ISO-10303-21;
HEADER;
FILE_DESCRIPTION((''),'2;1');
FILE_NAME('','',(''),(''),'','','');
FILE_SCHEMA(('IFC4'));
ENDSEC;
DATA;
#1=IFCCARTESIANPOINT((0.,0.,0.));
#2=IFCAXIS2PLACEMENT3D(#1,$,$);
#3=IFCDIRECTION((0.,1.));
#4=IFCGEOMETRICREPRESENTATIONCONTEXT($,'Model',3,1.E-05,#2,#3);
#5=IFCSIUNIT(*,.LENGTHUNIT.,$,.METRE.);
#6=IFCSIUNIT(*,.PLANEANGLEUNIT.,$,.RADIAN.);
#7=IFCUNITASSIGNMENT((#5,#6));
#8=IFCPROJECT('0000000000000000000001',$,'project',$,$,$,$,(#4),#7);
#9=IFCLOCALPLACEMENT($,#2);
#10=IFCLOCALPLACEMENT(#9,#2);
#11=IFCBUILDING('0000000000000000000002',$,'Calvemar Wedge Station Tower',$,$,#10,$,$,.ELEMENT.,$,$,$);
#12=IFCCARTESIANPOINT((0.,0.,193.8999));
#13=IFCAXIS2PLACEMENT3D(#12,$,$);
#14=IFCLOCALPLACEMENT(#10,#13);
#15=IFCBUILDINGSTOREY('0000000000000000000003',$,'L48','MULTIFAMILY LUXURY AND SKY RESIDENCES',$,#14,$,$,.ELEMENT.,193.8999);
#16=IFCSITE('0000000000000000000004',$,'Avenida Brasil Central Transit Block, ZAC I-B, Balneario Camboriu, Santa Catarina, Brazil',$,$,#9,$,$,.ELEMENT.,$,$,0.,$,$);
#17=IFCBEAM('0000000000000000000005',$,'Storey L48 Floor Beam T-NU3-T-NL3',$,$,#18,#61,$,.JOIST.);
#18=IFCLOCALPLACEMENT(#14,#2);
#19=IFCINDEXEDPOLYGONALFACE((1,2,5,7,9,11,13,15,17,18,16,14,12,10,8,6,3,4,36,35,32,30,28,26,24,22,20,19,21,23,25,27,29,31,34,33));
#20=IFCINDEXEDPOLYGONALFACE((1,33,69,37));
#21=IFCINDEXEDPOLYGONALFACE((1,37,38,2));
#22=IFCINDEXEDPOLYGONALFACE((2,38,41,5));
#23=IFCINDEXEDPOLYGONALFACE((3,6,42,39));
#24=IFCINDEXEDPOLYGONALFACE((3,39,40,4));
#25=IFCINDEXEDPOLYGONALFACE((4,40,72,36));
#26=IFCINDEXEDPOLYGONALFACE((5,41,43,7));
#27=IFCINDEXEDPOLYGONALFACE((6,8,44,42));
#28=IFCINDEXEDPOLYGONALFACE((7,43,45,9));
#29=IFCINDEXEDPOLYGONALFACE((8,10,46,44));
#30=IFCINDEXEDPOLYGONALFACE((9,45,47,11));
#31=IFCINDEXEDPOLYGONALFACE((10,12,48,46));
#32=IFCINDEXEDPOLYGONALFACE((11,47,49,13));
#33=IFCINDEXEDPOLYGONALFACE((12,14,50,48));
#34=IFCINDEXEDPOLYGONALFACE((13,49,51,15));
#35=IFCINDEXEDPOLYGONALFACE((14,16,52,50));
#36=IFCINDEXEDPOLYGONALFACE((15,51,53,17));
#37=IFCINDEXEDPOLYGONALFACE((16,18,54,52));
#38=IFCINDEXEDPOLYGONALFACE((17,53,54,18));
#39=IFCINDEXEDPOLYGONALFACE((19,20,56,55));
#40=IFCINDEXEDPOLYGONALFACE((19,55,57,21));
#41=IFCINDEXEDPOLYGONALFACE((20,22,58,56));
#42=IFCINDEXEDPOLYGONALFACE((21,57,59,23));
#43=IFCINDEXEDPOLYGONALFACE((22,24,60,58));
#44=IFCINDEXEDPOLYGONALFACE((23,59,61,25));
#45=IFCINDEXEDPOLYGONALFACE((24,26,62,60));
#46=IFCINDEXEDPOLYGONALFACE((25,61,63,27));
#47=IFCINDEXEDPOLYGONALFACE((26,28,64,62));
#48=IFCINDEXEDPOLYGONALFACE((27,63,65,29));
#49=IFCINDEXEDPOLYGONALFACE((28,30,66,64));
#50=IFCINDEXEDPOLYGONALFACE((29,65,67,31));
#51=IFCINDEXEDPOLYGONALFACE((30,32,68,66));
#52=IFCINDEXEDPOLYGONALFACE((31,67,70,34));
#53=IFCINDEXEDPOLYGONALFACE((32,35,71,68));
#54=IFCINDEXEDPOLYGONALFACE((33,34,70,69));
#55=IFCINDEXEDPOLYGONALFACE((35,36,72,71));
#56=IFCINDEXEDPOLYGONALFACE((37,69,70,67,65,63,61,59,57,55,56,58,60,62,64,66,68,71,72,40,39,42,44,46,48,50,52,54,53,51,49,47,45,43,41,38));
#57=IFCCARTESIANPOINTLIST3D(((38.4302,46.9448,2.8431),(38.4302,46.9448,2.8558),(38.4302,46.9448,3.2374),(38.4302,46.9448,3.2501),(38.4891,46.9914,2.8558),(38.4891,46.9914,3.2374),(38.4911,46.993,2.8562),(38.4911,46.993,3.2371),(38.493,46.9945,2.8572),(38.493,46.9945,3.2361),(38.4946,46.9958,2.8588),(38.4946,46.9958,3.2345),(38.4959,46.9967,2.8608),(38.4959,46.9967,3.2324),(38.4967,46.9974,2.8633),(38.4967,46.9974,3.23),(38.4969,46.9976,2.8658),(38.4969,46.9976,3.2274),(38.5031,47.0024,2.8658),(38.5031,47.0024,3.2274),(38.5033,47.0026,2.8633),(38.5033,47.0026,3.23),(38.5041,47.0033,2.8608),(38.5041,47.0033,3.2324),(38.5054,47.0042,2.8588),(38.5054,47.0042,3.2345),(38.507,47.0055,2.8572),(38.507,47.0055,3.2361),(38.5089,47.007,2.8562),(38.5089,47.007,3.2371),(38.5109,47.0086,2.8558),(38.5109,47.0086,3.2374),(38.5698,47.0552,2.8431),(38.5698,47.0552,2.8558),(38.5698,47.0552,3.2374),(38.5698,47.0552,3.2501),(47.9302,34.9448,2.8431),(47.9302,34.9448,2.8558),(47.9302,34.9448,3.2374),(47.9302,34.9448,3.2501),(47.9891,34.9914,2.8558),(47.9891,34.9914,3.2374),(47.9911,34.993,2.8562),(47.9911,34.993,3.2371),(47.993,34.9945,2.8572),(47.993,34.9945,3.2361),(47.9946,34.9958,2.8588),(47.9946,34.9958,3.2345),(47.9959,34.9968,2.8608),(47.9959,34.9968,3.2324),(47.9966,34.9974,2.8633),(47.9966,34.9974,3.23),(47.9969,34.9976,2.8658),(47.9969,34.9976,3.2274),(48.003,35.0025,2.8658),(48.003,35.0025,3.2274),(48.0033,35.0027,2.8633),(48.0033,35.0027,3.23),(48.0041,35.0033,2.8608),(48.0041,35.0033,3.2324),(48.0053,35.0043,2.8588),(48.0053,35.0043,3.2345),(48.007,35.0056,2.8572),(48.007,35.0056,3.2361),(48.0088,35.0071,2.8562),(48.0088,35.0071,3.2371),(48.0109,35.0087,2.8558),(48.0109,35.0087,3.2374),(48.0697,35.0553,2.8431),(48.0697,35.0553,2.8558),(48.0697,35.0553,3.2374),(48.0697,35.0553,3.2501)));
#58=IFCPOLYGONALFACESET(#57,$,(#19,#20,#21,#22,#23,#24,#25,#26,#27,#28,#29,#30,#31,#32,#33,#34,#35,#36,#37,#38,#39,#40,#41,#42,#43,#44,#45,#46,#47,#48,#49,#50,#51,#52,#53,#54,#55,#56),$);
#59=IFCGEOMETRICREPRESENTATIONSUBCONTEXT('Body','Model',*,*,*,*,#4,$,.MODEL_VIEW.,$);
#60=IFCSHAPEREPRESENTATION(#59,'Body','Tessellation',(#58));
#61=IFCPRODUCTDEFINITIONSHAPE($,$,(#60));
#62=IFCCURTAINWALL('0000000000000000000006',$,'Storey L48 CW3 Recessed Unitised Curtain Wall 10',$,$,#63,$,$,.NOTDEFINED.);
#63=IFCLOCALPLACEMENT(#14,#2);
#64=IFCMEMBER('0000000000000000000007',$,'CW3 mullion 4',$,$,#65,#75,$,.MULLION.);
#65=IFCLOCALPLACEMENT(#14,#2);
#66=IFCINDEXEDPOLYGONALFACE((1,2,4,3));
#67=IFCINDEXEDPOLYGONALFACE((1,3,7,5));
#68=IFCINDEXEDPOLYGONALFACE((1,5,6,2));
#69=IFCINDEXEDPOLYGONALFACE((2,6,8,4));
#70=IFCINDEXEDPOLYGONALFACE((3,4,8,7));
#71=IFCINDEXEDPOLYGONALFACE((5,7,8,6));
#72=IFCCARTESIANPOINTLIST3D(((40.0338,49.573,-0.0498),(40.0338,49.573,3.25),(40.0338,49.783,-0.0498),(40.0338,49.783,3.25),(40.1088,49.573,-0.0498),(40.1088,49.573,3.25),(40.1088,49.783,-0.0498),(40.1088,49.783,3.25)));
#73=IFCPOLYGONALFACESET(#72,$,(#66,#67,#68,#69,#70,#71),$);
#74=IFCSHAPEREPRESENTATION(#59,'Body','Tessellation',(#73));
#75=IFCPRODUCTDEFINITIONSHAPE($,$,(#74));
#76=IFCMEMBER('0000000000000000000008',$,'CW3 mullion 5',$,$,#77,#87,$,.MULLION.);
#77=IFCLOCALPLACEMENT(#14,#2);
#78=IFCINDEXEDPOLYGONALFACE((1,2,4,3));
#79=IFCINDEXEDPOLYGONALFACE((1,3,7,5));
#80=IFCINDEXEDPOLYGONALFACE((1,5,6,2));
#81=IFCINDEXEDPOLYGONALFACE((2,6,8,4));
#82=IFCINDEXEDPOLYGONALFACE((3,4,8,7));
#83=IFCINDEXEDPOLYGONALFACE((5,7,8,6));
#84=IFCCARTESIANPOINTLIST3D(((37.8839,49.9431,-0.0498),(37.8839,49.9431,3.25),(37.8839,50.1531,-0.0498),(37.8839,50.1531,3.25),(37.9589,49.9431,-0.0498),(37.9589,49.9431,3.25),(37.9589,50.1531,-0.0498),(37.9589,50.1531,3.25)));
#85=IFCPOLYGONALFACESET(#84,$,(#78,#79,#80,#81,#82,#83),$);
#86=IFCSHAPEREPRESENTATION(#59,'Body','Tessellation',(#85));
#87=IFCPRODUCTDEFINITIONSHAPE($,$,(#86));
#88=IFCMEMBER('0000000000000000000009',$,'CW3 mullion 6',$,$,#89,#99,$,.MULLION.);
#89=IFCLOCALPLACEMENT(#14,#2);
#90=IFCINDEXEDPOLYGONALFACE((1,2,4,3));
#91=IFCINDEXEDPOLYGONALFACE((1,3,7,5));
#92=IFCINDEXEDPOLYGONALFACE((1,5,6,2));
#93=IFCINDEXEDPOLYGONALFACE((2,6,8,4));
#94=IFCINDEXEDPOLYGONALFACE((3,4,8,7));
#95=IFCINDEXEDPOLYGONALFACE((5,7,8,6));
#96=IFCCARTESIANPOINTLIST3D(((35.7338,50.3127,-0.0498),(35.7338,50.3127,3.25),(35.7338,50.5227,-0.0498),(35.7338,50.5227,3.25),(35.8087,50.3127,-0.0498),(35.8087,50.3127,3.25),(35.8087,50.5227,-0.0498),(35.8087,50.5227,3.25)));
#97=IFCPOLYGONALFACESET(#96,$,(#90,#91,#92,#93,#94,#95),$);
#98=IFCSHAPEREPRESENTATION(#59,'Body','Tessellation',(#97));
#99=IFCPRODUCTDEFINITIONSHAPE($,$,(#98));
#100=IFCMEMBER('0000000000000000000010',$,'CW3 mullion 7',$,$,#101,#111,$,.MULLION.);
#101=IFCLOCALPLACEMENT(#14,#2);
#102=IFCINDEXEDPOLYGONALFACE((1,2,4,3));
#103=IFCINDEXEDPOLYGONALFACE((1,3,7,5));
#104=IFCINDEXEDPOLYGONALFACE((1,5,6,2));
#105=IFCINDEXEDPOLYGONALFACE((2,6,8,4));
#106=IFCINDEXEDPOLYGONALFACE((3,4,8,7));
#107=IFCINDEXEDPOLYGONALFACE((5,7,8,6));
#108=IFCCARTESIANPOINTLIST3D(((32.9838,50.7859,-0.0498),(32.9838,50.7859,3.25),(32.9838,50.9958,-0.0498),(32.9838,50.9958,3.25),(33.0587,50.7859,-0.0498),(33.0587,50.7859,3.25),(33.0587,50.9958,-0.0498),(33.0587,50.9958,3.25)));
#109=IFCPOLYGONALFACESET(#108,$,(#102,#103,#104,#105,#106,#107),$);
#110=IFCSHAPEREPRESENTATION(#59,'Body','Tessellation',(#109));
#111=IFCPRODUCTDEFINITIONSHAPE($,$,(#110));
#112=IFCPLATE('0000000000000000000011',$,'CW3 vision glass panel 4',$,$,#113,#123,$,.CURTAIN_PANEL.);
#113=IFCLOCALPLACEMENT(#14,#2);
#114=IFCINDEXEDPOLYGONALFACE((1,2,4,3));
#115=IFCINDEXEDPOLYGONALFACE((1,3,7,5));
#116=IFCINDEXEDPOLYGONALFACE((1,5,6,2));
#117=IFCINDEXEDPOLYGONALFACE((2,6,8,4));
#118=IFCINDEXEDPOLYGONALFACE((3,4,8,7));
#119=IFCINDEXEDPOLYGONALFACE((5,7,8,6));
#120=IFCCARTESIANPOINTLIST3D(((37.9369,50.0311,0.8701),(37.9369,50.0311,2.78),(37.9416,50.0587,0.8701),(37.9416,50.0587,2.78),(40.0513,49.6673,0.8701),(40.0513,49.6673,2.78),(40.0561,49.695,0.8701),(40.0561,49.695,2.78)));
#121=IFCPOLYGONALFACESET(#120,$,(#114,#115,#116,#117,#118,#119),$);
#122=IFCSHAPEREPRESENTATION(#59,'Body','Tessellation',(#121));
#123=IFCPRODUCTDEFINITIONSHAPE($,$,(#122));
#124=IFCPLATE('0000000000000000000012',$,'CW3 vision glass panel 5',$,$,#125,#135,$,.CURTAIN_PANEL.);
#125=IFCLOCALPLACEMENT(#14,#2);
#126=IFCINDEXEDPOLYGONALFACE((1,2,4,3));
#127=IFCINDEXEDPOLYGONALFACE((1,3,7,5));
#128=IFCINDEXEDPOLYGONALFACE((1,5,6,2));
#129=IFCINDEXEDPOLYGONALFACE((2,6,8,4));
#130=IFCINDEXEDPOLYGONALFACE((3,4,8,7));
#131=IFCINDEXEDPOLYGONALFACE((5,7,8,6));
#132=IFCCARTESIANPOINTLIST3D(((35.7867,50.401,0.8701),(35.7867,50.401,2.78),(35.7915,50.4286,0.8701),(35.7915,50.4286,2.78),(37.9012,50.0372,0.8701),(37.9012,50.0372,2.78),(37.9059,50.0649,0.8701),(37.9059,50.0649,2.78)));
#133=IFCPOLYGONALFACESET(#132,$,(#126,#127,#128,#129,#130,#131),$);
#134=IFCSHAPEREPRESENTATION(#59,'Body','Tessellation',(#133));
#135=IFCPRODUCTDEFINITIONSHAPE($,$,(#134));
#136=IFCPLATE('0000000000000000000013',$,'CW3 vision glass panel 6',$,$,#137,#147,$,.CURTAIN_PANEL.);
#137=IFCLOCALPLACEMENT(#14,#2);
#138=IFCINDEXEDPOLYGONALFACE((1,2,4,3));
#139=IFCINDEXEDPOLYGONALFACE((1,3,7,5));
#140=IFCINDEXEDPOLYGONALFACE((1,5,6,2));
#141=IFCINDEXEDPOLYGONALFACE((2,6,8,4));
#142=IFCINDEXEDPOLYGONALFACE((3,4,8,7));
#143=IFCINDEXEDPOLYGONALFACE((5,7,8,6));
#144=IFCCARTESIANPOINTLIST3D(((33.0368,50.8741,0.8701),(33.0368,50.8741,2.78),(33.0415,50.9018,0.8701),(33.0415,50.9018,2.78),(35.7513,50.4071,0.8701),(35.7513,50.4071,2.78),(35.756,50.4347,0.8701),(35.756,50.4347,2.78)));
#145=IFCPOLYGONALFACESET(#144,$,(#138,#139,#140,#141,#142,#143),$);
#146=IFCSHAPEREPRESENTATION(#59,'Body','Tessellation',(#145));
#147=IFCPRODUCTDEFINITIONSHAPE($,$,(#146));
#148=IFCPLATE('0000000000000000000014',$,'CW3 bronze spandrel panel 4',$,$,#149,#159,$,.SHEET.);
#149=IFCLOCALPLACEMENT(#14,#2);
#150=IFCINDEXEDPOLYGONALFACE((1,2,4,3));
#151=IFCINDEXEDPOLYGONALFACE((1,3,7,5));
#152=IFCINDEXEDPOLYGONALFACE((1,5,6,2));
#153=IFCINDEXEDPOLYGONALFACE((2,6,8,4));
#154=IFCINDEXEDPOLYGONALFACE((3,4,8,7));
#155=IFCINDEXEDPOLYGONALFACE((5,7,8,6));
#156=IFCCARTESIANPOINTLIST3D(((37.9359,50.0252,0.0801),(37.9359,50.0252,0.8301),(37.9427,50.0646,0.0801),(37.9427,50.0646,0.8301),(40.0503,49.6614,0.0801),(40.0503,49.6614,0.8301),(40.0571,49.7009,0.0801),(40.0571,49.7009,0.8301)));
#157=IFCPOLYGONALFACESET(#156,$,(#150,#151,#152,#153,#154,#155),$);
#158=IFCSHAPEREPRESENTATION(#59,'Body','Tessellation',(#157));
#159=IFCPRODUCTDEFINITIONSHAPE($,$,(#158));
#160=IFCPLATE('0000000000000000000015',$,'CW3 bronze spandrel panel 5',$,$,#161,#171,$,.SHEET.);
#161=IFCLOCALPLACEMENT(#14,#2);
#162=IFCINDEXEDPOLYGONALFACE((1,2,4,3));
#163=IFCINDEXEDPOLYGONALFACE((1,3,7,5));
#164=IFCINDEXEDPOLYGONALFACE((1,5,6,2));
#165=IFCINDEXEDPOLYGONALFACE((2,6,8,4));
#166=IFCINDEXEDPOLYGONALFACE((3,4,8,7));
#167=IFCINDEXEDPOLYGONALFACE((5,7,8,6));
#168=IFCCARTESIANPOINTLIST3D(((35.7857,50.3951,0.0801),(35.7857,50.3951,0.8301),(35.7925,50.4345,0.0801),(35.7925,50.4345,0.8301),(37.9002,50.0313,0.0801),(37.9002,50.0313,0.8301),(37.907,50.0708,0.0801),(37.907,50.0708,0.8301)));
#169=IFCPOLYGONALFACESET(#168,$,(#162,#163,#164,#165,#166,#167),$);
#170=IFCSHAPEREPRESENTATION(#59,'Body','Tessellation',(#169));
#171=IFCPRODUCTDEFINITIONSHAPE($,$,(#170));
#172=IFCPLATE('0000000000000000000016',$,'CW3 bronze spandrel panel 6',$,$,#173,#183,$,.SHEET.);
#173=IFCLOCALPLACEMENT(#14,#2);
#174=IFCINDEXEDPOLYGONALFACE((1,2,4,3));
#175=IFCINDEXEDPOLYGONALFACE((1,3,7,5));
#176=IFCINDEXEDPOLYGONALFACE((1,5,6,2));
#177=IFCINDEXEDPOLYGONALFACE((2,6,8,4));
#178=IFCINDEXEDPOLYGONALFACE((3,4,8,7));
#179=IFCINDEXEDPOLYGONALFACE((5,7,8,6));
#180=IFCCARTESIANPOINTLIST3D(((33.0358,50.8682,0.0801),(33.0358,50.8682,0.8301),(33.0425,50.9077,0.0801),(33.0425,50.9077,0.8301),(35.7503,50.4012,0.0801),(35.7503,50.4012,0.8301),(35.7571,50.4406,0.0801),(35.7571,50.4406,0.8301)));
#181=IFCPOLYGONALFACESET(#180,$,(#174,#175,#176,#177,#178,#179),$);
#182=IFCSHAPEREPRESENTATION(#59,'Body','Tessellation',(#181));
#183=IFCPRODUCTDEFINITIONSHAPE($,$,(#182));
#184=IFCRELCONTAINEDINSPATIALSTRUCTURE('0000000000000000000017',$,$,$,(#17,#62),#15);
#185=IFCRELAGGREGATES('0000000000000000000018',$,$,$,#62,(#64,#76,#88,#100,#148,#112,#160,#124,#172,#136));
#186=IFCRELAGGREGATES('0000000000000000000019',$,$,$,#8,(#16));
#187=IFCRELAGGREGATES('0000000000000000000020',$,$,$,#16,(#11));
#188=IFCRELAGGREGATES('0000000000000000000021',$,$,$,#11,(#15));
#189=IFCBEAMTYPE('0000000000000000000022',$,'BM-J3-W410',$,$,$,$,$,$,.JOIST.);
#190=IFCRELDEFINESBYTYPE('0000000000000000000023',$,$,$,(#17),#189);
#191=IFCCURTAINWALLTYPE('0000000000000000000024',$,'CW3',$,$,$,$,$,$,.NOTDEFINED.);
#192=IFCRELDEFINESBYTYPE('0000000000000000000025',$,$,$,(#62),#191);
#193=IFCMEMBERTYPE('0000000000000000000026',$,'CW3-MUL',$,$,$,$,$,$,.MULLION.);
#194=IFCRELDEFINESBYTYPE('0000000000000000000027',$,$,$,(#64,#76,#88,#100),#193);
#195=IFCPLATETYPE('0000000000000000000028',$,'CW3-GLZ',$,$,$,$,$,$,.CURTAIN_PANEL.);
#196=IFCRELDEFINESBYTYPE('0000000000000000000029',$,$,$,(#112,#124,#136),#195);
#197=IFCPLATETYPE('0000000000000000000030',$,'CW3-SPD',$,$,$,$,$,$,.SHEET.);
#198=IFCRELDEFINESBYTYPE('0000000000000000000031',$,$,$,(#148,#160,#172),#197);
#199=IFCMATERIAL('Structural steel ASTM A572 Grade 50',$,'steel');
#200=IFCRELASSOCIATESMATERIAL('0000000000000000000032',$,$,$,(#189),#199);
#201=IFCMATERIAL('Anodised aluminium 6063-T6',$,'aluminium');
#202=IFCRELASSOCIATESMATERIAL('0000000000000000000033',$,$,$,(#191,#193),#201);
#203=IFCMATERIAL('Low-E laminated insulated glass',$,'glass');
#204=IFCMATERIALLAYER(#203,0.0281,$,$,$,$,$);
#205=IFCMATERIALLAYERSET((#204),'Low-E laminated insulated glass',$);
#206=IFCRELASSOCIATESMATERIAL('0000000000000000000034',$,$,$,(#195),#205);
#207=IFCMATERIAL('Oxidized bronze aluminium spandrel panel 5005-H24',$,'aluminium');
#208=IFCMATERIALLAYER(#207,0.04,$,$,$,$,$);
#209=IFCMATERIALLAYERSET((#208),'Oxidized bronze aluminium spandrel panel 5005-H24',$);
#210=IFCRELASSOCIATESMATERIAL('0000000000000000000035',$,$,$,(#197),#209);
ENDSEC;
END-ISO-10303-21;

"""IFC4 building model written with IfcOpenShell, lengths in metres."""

from ifc_helpers import new_model, si_unit, direction, frame, frame_2d, origin, origin_2d, place, context, subcontext, project, spatial, rectangle, i_section, extrude, source, transform, mapped, material, layer, layer_set, material_profile, profile_set, type_object, element, aggregate, save


model = new_model("IFC4")

# Units and contexts
model_context = context("Model", 3, precision=1e-05, world=origin(), true_north=direction((0.0, 1.0)))
body_context = subcontext(model_context, "Body", "Model", "MODEL_VIEW")
ifc_project = project(units=[si_unit("LENGTHUNIT", "METRE"), si_unit("PLANEANGLEUNIT", "RADIAN")], contexts=[model_context])

# Site, building, storey
site_placement = place(None, origin())
site = spatial("IfcSite", under=ifc_project, at=site_placement, Name="Avenida Brasil Central Transit Block, ZAC I-B, Balneario Camboriu, Santa Catarina, Brazil", CompositionType="ELEMENT", RefElevation=0.0)
building_placement = place(site_placement, origin())
building = spatial("IfcBuilding", under=site, at=building_placement, Name="Calvemar Wedge Station Tower", CompositionType="ELEMENT")
storey_placement = place(building_placement, frame((0.0, 0.0, 193.8999)))
storey = spatial("IfcBuildingStorey", under=building, at=storey_placement, Name="L48", Description="MULTIFAMILY LUXURY AND SKY RESIDENCES", CompositionType="ELEMENT", Elevation=193.8999)

# Beam
ifc_material_1 = material(Name="Structural steel ASTM A572 Grade 50", Category="steel")
ifc_material_profile_1 = material_profile(ifc_material_1, i_section(OverallWidth=0.178, OverallDepth=0.407, WebThickness=0.0078, FlangeThickness=0.0127, FilletRadius=0.01, at=origin_2d()), Name="W410x60")
ifc_profile_set_1 = profile_set([ifc_material_profile_1], Name="Structural steel ASTM A572 Grade 50")
beam_type = type_object("IfcBeamType", Name="BM-J3-W410", PredefinedType="JOIST", material=ifc_profile_set_1)
shared_shape_1 = source(origin(), body_context, "Body", "SweptSolid", [
    extrude(i_section(OverallWidth=0.178, OverallDepth=0.407, WebThickness=0.0078, FlangeThickness=0.0127, FilletRadius=0.01, at=origin_2d()), origin(), (0.0, 0.0, 1.0), 15.3052),
])
beam_placement = place(storey_placement, frame((38.5, 47.0, 3.0466), z_axis=(0.620703, -0.784046, 0.0), x_axis=(0.784046, 0.620703, 0.0)))
element("IfcBeam", 1, at=beam_placement, inside=storey, type_object=beam_type, Name="Storey L48 Floor Beam T-NU3-T-NL3", PredefinedType="JOIST", context=body_context, shape_type="MappedRepresentation", body=[
    mapped(shared_shape_1, transform((0.0, 0.0, 0.0), scale=1.0)),
])

# Curtain wall, members, plates
ifc_material_2 = material(Name="Anodised aluminium 6063-T6", Category="aluminium")
curtain_wall_type = type_object("IfcCurtainWallType", Name="CW3", PredefinedType="NOTDEFINED", material=ifc_material_2)
curtain_wall_placement = place(storey_placement, origin())
curtain_wall = element("IfcCurtainWall", 2, at=curtain_wall_placement, inside=storey, type_object=curtain_wall_type, Name="Storey L48 CW3 Recessed Unitised Curtain Wall 10", PredefinedType="NOTDEFINED")
ifc_material_profile_2 = material_profile(ifc_material_2, rectangle(XDim=0.075, YDim=0.21, at=origin_2d()), Name="AL-MUL-75x210")
ifc_profile_set_2 = profile_set([ifc_material_profile_2], Name="Anodised aluminium 6063-T6")
member_type = type_object("IfcMemberType", Name="CW3-MUL", PredefinedType="MULLION", material=ifc_profile_set_2)
shared_shape_2 = source(origin(), body_context, "Body", "SweptSolid", [
    extrude(rectangle(XDim=0.075, YDim=0.21, at=origin_2d()), origin(), (0.0, 0.0, 1.0), 3.2998),
])
member_1_placement = place(storey_placement, frame((40.0713, 49.678, -0.0498), z_axis=(0.0, 0.0, 1.0), x_axis=(1.0, 0.0, 0.0)))
member_1 = element("IfcMember", 3, at=member_1_placement, type_object=member_type, Name="CW3 mullion 4", PredefinedType="MULLION", context=body_context, shape_type="MappedRepresentation", body=[
    mapped(shared_shape_2, transform((0.0, 0.0, 0.0), scale=1.0)),
])
member_2_placement = place(storey_placement, frame((37.9214, 50.0481, -0.0498), z_axis=(0.0, 0.0, 1.0), x_axis=(1.0, 0.0, 0.0)))
member_2 = element("IfcMember", 4, at=member_2_placement, type_object=member_type, Name="CW3 mullion 5", PredefinedType="MULLION", context=body_context, shape_type="MappedRepresentation", body=[
    mapped(shared_shape_2, transform((0.0, 0.0, 0.0), scale=1.0)),
])
member_3_placement = place(storey_placement, frame((35.7712, 50.4177, -0.0498), z_axis=(0.0, 0.0, 1.0), x_axis=(1.0, 0.0, 0.0)))
member_3 = element("IfcMember", 5, at=member_3_placement, type_object=member_type, Name="CW3 mullion 6", PredefinedType="MULLION", context=body_context, shape_type="MappedRepresentation", body=[
    mapped(shared_shape_2, transform((0.0, 0.0, 0.0), scale=1.0)),
])
member_4_placement = place(storey_placement, frame((33.0212, 50.8909, -0.0498), z_axis=(0.0, 0.0, 1.0), x_axis=(1.0, 0.0, 0.0)))
member_4 = element("IfcMember", 6, at=member_4_placement, type_object=member_type, Name="CW3 mullion 7", PredefinedType="MULLION", context=body_context, shape_type="MappedRepresentation", body=[
    mapped(shared_shape_2, transform((0.0, 0.0, 0.0), scale=1.0)),
])
ifc_material_3 = material(Name="Low-E laminated insulated glass", Category="glass")
ifc_layer_1 = layer(ifc_material_3, 0.0281)
ifc_layer_set_1 = layer_set([ifc_layer_1], Name="Low-E laminated insulated glass")
plate_type_1 = type_object("IfcPlateType", Name="CW3-GLZ", PredefinedType="CURTAIN_PANEL", material=ifc_layer_set_1)
plate_1_placement = place(storey_placement, frame((40.0537, 49.6812, 0.8701), z_axis=(0.0, 0.0, 1.0), x_axis=(-0.985522, 0.169545, 0.0)))
plate_1 = element("IfcPlate", 7, at=plate_1_placement, type_object=plate_type_1, Name="CW3 vision glass panel 4", PredefinedType="CURTAIN_PANEL", context=body_context, shape_type="SweptSolid", body=[
    extrude(rectangle(XDim=2.1455, YDim=0.0281, at=frame_2d((1.0728, 0.0))), origin(), (0.0, 0.0, 1.0), 1.9099),
])
plate_2_placement = place(storey_placement, frame((37.9036, 50.051, 0.8701), z_axis=(0.0, 0.0, 1.0), x_axis=(-0.985522, 0.169545, 0.0)))
plate_2 = element("IfcPlate", 8, at=plate_2_placement, type_object=plate_type_1, Name="CW3 vision glass panel 5", PredefinedType="CURTAIN_PANEL", context=body_context, shape_type="SweptSolid", body=[
    extrude(rectangle(XDim=2.1455, YDim=0.0281, at=frame_2d((1.0728, 0.0))), origin(), (0.0, 0.0, 1.0), 1.9099),
])
plate_3_placement = place(storey_placement, frame((35.7537, 50.4209, 0.8701), z_axis=(0.0, 0.0, 1.0), x_axis=(-0.98552, 0.169557, 0.0)))
plate_3 = element("IfcPlate", 9, at=plate_3_placement, type_object=plate_type_1, Name="CW3 vision glass panel 6", PredefinedType="CURTAIN_PANEL", context=body_context, shape_type="SweptSolid", body=[
    extrude(rectangle(XDim=2.7544, YDim=0.0281, at=frame_2d((1.3772, 0.0))), origin(), (0.0, 0.0, 1.0), 1.9099),
])
ifc_material_4 = material(Name="Oxidized bronze aluminium spandrel panel 5005-H24", Category="aluminium")
ifc_layer_2 = layer(ifc_material_4, 0.04)
ifc_layer_set_2 = layer_set([ifc_layer_2], Name="Oxidized bronze aluminium spandrel panel 5005-H24")
plate_type_2 = type_object("IfcPlateType", Name="CW3-SPD", PredefinedType="SHEET", material=ifc_layer_set_2)
plate_4_placement = place(storey_placement, frame((40.0537, 49.6812, 0.0801), z_axis=(0.0, 0.0, 1.0), x_axis=(-0.985522, 0.169545, 0.0)))
plate_4 = element("IfcPlate", 10, at=plate_4_placement, type_object=plate_type_2, Name="CW3 bronze spandrel panel 4", PredefinedType="SHEET", context=body_context, shape_type="SweptSolid", body=[
    extrude(rectangle(XDim=2.1455, YDim=0.04, at=frame_2d((1.0728, 0.0))), origin(), (0.0, 0.0, 1.0), 0.75),
])
plate_5_placement = place(storey_placement, frame((37.9036, 50.051, 0.0801), z_axis=(0.0, 0.0, 1.0), x_axis=(-0.985522, 0.169545, 0.0)))
plate_5 = element("IfcPlate", 11, at=plate_5_placement, type_object=plate_type_2, Name="CW3 bronze spandrel panel 5", PredefinedType="SHEET", context=body_context, shape_type="SweptSolid", body=[
    extrude(rectangle(XDim=2.1455, YDim=0.04, at=frame_2d((1.0728, 0.0))), origin(), (0.0, 0.0, 1.0), 0.75),
])
plate_6_placement = place(storey_placement, frame((35.7537, 50.4209, 0.0801), z_axis=(0.0, 0.0, 1.0), x_axis=(-0.98552, 0.169557, 0.0)))
plate_6 = element("IfcPlate", 12, at=plate_6_placement, type_object=plate_type_2, Name="CW3 bronze spandrel panel 6", PredefinedType="SHEET", context=body_context, shape_type="SweptSolid", body=[
    extrude(rectangle(XDim=2.7544, YDim=0.04, at=frame_2d((1.3772, 0.0))), origin(), (0.0, 0.0, 1.0), 0.75),
])
aggregate(curtain_wall, [member_1, member_2, member_3, member_4, plate_4, plate_1, plate_5, plate_2, plate_6, plate_3])

save(model, "model.ifc")
